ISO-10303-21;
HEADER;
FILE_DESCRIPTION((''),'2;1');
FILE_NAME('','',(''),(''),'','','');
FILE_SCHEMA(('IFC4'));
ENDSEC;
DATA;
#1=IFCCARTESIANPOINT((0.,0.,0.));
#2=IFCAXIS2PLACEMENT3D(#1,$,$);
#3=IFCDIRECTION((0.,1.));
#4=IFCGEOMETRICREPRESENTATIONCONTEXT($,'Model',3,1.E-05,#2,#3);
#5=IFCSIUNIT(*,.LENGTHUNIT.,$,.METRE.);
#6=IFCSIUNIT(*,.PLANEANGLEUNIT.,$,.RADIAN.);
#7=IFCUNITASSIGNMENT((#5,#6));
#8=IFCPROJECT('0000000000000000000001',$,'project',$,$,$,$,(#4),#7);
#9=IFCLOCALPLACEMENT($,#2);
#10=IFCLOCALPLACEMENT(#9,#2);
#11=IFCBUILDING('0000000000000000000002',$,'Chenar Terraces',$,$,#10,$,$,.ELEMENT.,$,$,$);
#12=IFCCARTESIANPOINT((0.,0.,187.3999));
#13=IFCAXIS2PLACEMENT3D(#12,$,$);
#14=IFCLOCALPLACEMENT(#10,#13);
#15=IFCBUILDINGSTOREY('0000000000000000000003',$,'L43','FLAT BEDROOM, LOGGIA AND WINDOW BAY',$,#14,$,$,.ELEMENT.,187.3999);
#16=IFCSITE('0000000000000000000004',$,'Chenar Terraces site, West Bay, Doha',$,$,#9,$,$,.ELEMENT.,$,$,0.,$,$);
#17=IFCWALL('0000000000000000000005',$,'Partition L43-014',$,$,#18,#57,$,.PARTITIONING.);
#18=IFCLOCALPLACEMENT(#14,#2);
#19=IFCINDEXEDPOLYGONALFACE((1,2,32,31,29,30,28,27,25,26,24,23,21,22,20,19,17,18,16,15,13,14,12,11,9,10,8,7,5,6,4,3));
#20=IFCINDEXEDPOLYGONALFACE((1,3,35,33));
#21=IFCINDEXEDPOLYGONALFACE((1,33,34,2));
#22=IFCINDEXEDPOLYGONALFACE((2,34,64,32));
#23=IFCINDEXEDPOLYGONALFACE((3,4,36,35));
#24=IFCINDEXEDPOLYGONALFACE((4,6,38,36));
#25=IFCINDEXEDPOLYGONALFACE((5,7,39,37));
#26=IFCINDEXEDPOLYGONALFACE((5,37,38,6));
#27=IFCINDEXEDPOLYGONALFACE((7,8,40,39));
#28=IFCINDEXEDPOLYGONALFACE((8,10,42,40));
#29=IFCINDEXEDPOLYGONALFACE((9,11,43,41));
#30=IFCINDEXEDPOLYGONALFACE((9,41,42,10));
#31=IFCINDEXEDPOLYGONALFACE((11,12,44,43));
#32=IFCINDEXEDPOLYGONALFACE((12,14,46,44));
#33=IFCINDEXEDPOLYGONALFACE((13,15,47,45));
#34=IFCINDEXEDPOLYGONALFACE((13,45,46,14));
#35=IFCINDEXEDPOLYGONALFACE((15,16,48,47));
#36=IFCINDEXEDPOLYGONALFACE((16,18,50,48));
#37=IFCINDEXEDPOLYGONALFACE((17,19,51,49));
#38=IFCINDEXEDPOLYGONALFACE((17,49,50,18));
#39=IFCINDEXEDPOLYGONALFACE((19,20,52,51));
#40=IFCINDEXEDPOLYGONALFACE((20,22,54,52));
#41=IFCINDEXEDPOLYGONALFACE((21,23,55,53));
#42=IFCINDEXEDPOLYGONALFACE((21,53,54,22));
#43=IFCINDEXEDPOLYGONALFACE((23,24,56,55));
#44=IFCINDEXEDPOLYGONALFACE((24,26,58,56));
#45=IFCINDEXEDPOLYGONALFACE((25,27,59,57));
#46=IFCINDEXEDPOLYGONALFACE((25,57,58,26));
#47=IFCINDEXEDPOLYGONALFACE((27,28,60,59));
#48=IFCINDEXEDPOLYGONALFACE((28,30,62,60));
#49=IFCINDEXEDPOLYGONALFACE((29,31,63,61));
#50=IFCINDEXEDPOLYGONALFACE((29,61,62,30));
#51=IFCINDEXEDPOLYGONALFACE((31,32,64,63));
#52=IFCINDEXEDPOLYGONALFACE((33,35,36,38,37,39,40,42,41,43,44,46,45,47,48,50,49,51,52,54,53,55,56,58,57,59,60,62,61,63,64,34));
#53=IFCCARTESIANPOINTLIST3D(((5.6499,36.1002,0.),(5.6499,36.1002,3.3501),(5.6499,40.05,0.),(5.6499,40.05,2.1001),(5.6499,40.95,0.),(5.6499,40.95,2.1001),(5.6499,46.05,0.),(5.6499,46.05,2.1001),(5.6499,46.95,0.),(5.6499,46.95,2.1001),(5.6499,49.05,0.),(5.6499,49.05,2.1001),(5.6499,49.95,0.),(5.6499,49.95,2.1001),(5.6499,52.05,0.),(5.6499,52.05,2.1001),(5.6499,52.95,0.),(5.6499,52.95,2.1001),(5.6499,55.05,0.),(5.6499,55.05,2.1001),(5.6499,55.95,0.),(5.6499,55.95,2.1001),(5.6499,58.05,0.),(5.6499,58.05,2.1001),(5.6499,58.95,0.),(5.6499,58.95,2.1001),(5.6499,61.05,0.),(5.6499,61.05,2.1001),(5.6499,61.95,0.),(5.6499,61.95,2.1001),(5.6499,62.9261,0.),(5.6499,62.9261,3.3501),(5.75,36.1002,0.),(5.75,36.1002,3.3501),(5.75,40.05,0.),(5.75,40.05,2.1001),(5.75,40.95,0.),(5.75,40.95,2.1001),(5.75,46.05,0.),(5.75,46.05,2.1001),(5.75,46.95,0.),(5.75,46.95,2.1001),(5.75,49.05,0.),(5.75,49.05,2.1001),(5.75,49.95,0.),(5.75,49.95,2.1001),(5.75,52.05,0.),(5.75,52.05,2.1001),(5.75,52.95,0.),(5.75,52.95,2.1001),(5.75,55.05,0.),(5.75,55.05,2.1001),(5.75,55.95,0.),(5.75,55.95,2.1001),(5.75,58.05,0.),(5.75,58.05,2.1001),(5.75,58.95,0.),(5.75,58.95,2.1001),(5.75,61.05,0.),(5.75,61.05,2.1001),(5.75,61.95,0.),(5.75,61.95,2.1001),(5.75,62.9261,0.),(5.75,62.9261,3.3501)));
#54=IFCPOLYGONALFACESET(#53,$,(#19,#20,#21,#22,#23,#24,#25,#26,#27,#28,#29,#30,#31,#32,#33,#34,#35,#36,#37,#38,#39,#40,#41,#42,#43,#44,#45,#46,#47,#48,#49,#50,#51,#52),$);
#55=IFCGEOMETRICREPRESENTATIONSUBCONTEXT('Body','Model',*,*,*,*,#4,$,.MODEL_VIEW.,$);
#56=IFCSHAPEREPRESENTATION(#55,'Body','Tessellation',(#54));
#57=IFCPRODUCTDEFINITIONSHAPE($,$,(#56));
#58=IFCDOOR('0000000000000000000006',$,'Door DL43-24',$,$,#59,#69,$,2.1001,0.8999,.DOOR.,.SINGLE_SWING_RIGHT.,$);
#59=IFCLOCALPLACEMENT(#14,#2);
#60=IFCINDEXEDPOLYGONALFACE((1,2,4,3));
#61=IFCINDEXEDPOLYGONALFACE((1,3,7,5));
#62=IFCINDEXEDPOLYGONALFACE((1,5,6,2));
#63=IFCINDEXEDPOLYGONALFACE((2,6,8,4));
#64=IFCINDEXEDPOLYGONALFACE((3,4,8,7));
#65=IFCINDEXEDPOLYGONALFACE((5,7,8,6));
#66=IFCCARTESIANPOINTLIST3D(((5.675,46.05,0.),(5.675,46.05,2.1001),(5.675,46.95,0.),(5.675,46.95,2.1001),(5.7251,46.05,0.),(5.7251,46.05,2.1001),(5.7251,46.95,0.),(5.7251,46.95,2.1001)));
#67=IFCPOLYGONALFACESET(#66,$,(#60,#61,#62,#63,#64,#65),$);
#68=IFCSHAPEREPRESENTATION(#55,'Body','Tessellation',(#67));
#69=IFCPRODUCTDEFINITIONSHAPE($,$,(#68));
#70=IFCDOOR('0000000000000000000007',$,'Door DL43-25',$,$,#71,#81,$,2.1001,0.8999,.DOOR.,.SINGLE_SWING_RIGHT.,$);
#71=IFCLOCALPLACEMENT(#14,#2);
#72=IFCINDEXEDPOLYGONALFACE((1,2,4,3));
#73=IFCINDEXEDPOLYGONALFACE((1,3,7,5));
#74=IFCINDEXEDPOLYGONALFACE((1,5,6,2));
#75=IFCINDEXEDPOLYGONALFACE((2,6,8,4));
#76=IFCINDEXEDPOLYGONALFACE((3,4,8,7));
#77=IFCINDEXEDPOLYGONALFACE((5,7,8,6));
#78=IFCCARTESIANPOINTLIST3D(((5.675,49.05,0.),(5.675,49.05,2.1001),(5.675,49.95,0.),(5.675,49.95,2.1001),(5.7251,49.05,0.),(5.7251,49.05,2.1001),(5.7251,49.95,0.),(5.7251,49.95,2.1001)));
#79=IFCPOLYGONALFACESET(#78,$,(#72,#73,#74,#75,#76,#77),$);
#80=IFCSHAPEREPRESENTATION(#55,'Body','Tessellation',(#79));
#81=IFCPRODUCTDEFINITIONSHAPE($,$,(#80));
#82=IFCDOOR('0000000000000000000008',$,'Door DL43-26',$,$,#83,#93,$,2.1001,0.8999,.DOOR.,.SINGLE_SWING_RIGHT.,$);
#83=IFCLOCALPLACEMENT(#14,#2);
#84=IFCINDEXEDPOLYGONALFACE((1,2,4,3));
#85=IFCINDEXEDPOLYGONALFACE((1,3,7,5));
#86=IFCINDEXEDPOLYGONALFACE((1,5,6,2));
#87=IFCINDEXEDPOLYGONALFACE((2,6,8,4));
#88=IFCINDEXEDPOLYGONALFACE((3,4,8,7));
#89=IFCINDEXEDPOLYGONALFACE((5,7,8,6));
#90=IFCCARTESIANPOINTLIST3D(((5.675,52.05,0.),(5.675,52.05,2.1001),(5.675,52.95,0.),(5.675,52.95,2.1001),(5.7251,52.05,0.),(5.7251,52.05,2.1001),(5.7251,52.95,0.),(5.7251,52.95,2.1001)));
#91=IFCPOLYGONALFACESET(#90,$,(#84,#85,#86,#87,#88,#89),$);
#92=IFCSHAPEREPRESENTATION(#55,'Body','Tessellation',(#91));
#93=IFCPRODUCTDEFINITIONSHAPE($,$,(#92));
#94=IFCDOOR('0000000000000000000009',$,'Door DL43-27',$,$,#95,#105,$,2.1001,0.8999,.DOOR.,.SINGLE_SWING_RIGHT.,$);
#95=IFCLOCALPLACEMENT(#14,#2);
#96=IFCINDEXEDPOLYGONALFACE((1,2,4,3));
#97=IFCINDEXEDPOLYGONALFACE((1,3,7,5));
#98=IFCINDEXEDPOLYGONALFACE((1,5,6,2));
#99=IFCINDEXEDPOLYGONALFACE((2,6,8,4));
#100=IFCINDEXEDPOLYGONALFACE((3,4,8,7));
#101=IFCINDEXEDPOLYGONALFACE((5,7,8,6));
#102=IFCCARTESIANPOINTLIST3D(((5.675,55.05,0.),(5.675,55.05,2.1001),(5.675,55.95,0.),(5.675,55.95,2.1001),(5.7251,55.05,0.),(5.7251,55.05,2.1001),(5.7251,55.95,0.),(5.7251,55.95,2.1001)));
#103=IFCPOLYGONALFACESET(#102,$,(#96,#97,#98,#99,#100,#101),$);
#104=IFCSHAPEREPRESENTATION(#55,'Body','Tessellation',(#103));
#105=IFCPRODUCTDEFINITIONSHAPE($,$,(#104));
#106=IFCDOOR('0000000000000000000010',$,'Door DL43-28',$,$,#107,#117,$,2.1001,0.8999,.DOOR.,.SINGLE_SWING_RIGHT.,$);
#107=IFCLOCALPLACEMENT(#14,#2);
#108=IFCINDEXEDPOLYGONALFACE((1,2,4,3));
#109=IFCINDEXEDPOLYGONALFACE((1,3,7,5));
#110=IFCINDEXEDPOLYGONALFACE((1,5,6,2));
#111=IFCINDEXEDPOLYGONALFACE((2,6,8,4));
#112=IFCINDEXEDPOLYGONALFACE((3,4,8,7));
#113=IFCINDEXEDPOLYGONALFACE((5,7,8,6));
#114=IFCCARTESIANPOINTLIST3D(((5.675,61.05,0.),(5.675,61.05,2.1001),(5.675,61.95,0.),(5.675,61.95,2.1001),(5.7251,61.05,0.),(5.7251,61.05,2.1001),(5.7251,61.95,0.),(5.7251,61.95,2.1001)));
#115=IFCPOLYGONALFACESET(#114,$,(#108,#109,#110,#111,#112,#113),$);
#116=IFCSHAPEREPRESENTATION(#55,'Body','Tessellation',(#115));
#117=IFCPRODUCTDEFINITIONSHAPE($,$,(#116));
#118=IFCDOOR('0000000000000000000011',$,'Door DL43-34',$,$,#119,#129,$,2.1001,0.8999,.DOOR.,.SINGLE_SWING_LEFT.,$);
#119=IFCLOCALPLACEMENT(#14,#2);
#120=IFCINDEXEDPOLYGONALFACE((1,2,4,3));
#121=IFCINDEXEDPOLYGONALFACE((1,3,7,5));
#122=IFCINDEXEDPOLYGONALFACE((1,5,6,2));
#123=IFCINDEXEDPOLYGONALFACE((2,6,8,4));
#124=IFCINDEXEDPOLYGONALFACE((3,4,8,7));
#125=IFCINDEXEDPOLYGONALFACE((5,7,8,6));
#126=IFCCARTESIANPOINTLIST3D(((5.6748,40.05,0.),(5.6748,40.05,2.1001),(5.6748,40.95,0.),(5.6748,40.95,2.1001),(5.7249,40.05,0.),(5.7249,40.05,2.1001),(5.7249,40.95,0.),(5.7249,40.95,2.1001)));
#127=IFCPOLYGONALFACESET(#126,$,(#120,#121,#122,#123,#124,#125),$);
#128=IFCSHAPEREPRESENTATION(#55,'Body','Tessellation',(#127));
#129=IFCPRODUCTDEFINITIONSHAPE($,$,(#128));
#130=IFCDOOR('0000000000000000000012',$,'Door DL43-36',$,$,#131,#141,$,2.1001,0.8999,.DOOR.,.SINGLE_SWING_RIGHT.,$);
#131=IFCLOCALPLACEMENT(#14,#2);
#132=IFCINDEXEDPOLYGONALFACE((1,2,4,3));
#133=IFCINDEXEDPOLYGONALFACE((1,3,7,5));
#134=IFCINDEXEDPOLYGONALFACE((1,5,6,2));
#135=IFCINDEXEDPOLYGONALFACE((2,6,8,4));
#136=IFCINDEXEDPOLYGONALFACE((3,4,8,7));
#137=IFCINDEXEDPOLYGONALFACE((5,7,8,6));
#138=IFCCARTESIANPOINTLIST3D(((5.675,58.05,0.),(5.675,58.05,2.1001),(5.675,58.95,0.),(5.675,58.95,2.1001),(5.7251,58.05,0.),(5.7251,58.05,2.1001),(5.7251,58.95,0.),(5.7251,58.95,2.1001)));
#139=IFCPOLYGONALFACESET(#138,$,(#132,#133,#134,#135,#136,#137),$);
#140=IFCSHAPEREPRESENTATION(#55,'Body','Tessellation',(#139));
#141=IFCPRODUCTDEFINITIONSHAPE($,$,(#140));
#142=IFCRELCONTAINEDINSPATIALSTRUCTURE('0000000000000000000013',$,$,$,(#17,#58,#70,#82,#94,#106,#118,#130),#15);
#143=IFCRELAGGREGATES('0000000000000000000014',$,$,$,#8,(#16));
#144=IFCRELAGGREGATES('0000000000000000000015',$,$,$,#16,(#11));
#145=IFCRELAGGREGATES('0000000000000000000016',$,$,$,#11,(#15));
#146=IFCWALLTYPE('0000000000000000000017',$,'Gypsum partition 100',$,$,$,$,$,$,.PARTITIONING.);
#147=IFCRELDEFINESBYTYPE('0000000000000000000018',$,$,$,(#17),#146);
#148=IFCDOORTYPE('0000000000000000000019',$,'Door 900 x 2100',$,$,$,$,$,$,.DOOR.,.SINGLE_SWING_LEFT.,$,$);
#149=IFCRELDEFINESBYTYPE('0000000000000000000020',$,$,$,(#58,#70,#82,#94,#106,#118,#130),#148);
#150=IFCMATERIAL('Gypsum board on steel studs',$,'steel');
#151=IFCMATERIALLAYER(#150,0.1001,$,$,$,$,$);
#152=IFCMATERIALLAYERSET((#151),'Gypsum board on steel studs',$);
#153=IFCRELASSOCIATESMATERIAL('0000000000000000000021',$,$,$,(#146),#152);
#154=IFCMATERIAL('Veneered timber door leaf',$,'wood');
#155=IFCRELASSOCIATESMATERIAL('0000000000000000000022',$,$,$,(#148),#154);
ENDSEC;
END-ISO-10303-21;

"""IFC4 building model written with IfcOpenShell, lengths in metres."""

from ifc_helpers import new_model, si_unit, direction, frame, frame_2d, origin, place, context, subcontext, project, spatial, rectangle, extrude, material, layer, layer_set, type_object, element, fill, save


model = new_model("IFC4")

# Units and contexts
model_context = context("Model", 3, precision=1e-05, world=origin(), true_north=direction((0.0, 1.0)))
body_context = subcontext(model_context, "Body", "Model", "MODEL_VIEW")
ifc_project = project(units=[si_unit("LENGTHUNIT", "METRE"), si_unit("PLANEANGLEUNIT", "RADIAN")], contexts=[model_context])

# Site, building, storey
site_placement = place(None, origin())
site = spatial("IfcSite", under=ifc_project, at=site_placement, Name="Chenar Terraces site, West Bay, Doha", CompositionType="ELEMENT", RefElevation=0.0)
building_placement = place(site_placement, origin())
building = spatial("IfcBuilding", under=site, at=building_placement, Name="Chenar Terraces", CompositionType="ELEMENT")
storey_placement = place(building_placement, frame((0.0, 0.0, 187.3999)))
storey = spatial("IfcBuildingStorey", under=building, at=storey_placement, Name="L43", Description="FLAT BEDROOM, LOGGIA AND WINDOW BAY", CompositionType="ELEMENT", Elevation=187.3999)

# Shared definitions
ifc_material_1 = material(Name="Gypsum board on steel studs", Category="steel")
ifc_layer_1 = layer(ifc_material_1, 0.1001)
ifc_layer_set_1 = layer_set([ifc_layer_1], Name="Gypsum board on steel studs")
wall_type_1 = type_object("IfcWallType", Name="Gypsum partition 100", PredefinedType="PARTITIONING", material=ifc_layer_set_1)

# Wall, openings, doors
wall_1_placement = place(storey_placement, frame((5.7, 36.1001, 0.0), z_axis=(0.0, 0.0, 1.0), x_axis=(0.0, 1.0, 0.0)))
wall_1 = element("IfcWall", 1, at=wall_1_placement, inside=storey, type_object=wall_type_1, Name="Partition L43-014", PredefinedType="PARTITIONING", context=body_context, shape_type="SweptSolid", body=[
    extrude(rectangle(XDim=26.8259, YDim=0.1001, at=frame_2d((13.4131, 0.0))), origin(), (0.0, 0.0, 1.0), 3.3501),
])
opening_1_placement = place(wall_1_placement, frame((9.95, 0.0, 0.0)))
opening_1 = element("IfcOpeningElement", 2, at=opening_1_placement, cuts=wall_1, PredefinedType="OPENING", context=body_context, shape_type="SweptSolid", body=[
    extrude(rectangle(XDim=0.8999, YDim=2.1001, at=frame_2d((0.45, 1.05))), frame((0.0, 0.0601, 0.0), z_axis=(0.0, -1.0, 0.0), x_axis=(1.0, 0.0, 0.0)), (0.0, 0.0, 1.0), 0.1201),
])
opening_2_placement = place(wall_1_placement, frame((12.95, 0.0, 0.0)))
opening_2 = element("IfcOpeningElement", 3, at=opening_2_placement, cuts=wall_1, PredefinedType="OPENING", context=body_context, shape_type="SweptSolid", body=[
    extrude(rectangle(XDim=0.8999, YDim=2.1001, at=frame_2d((0.45, 1.05))), frame((0.0, 0.0601, 0.0), z_axis=(0.0, -1.0, 0.0), x_axis=(1.0, 0.0, 0.0)), (0.0, 0.0, 1.0), 0.1201),
])
opening_3_placement = place(wall_1_placement, frame((15.95, 0.0, 0.0)))
opening_3 = element("IfcOpeningElement", 4, at=opening_3_placement, cuts=wall_1, PredefinedType="OPENING", context=body_context, shape_type="SweptSolid", body=[
    extrude(rectangle(XDim=0.8999, YDim=2.1001, at=frame_2d((0.45, 1.05))), frame((0.0, 0.0601, 0.0), z_axis=(0.0, -1.0, 0.0), x_axis=(1.0, 0.0, 0.0)), (0.0, 0.0, 1.0), 0.1201),
])
opening_4_placement = place(wall_1_placement, frame((18.95, 0.0, 0.0)))
opening_4 = element("IfcOpeningElement", 5, at=opening_4_placement, cuts=wall_1, PredefinedType="OPENING", context=body_context, shape_type="SweptSolid", body=[
    extrude(rectangle(XDim=0.8999, YDim=2.1001, at=frame_2d((0.45, 1.05))), frame((0.0, 0.0601, 0.0), z_axis=(0.0, -1.0, 0.0), x_axis=(1.0, 0.0, 0.0)), (0.0, 0.0, 1.0), 0.1201),
])
opening_5_placement = place(wall_1_placement, frame((24.95, 0.0, 0.0)))
opening_5 = element("IfcOpeningElement", 6, at=opening_5_placement, cuts=wall_1, PredefinedType="OPENING", context=body_context, shape_type="SweptSolid", body=[
    extrude(rectangle(XDim=0.8999, YDim=2.1001, at=frame_2d((0.45, 1.05))), frame((0.0, 0.0601, 0.0), z_axis=(0.0, -1.0, 0.0), x_axis=(1.0, 0.0, 0.0)), (0.0, 0.0, 1.0), 0.1201),
])
opening_6_placement = place(wall_1_placement, frame((3.95, 0.0, 0.0)))
opening_6 = element("IfcOpeningElement", 7, at=opening_6_placement, cuts=wall_1, PredefinedType="OPENING", context=body_context, shape_type="SweptSolid", body=[
    extrude(rectangle(XDim=0.8999, YDim=2.1001, at=frame_2d((0.45, 1.05))), frame((0.0, 0.0601, 0.0), z_axis=(0.0, -1.0, 0.0), x_axis=(1.0, 0.0, 0.0)), (0.0, 0.0, 1.0), 0.1201),
])
opening_7_placement = place(wall_1_placement, frame((21.95, 0.0, 0.0)))
opening_7 = element("IfcOpeningElement", 8, at=opening_7_placement, cuts=wall_1, PredefinedType="OPENING", context=body_context, shape_type="SweptSolid", body=[
    extrude(rectangle(XDim=0.8999, YDim=2.1001, at=frame_2d((0.45, 1.05))), frame((0.0, 0.0601, 0.0), z_axis=(0.0, -1.0, 0.0), x_axis=(1.0, 0.0, 0.0)), (0.0, 0.0, 1.0), 0.1201),
])
ifc_material_2 = material(Name="Veneered timber door leaf", Category="wood")
door_type_1 = type_object("IfcDoorType", Name="Door 900 x 2100", OperationType="SINGLE_SWING_LEFT", PredefinedType="DOOR", material=ifc_material_2)
door_1_placement = place(opening_1_placement, origin())
door_1 = element("IfcDoor", 9, at=door_1_placement, inside=storey, type_object=door_type_1, Name="Door DL43-24", OperationType="SINGLE_SWING_RIGHT", OverallHeight=2.1001, OverallWidth=0.8999, PredefinedType="DOOR", context=body_context, shape_type="SweptSolid", body=[
    extrude(rectangle(XDim=0.8999, YDim=2.1001, at=frame_2d((0.45, 1.05))), frame((0.0, 0.0249, 0.0), z_axis=(0.0, -1.0, 0.0), x_axis=(1.0, 0.0, 0.0)), (0.0, 0.0, 1.0), 0.05),
])
fill(opening_1, door_1)
door_2_placement = place(opening_2_placement, origin())
door_2 = element("IfcDoor", 10, at=door_2_placement, inside=storey, type_object=door_type_1, Name="Door DL43-25", OperationType="SINGLE_SWING_RIGHT", OverallHeight=2.1001, OverallWidth=0.8999, PredefinedType="DOOR", context=body_context, shape_type="SweptSolid", body=[
    extrude(rectangle(XDim=0.8999, YDim=2.1001, at=frame_2d((0.45, 1.05))), frame((0.0, 0.0249, 0.0), z_axis=(0.0, -1.0, 0.0), x_axis=(1.0, 0.0, 0.0)), (0.0, 0.0, 1.0), 0.05),
])
fill(opening_2, door_2)
door_3_placement = place(opening_3_placement, origin())
door_3 = element("IfcDoor", 11, at=door_3_placement, inside=storey, type_object=door_type_1, Name="Door DL43-26", OperationType="SINGLE_SWING_RIGHT", OverallHeight=2.1001, OverallWidth=0.8999, PredefinedType="DOOR", context=body_context, shape_type="SweptSolid", body=[
    extrude(rectangle(XDim=0.8999, YDim=2.1001, at=frame_2d((0.45, 1.05))), frame((0.0, 0.0249, 0.0), z_axis=(0.0, -1.0, 0.0), x_axis=(1.0, 0.0, 0.0)), (0.0, 0.0, 1.0), 0.05),
])
fill(opening_3, door_3)
door_4_placement = place(opening_4_placement, origin())
door_4 = element("IfcDoor", 12, at=door_4_placement, inside=storey, type_object=door_type_1, Name="Door DL43-27", OperationType="SINGLE_SWING_RIGHT", OverallHeight=2.1001, OverallWidth=0.8999, PredefinedType="DOOR", context=body_context, shape_type="SweptSolid", body=[
    extrude(rectangle(XDim=0.8999, YDim=2.1001, at=frame_2d((0.45, 1.05))), frame((0.0, 0.0249, 0.0), z_axis=(0.0, -1.0, 0.0), x_axis=(1.0, 0.0, 0.0)), (0.0, 0.0, 1.0), 0.05),
])
fill(opening_4, door_4)
door_5_placement = place(opening_5_placement, origin())
door_5 = element("IfcDoor", 13, at=door_5_placement, inside=storey, type_object=door_type_1, Name="Door DL43-28", OperationType="SINGLE_SWING_RIGHT", OverallHeight=2.1001, OverallWidth=0.8999, PredefinedType="DOOR", context=body_context, shape_type="SweptSolid", body=[
    extrude(rectangle(XDim=0.8999, YDim=2.1001, at=frame_2d((0.45, 1.05))), frame((0.0, 0.0249, 0.0), z_axis=(0.0, -1.0, 0.0), x_axis=(1.0, 0.0, 0.0)), (0.0, 0.0, 1.0), 0.05),
])
fill(opening_5, door_5)
door_6_placement = place(opening_6_placement, frame((0.8999, 0.0, 0.0), z_axis=(0.0, 0.0, 1.0), x_axis=(-1.0, 0.0, 0.0)))
door_6 = element("IfcDoor", 14, at=door_6_placement, inside=storey, type_object=door_type_1, Name="Door DL43-34", OperationType="SINGLE_SWING_LEFT", OverallHeight=2.1001, OverallWidth=0.8999, PredefinedType="DOOR", context=body_context, shape_type="SweptSolid", body=[
    extrude(rectangle(XDim=0.8999, YDim=2.1001, at=frame_2d((0.45, 1.05))), frame((0.0, 0.0249, 0.0), z_axis=(0.0, -1.0, 0.0), x_axis=(1.0, 0.0, 0.0)), (0.0, 0.0, 1.0), 0.05),
])
fill(opening_6, door_6)
door_7_placement = place(opening_7_placement, origin())
door_7 = element("IfcDoor", 15, at=door_7_placement, inside=storey, type_object=door_type_1, Name="Door DL43-36", OperationType="SINGLE_SWING_RIGHT", OverallHeight=2.1001, OverallWidth=0.8999, PredefinedType="DOOR", context=body_context, shape_type="SweptSolid", body=[
    extrude(rectangle(XDim=0.8999, YDim=2.1001, at=frame_2d((0.45, 1.05))), frame((0.0, 0.0249, 0.0), z_axis=(0.0, -1.0, 0.0), x_axis=(1.0, 0.0, 0.0)), (0.0, 0.0, 1.0), 0.05),
])
fill(opening_7, door_7)

save(model, "model.ifc")
